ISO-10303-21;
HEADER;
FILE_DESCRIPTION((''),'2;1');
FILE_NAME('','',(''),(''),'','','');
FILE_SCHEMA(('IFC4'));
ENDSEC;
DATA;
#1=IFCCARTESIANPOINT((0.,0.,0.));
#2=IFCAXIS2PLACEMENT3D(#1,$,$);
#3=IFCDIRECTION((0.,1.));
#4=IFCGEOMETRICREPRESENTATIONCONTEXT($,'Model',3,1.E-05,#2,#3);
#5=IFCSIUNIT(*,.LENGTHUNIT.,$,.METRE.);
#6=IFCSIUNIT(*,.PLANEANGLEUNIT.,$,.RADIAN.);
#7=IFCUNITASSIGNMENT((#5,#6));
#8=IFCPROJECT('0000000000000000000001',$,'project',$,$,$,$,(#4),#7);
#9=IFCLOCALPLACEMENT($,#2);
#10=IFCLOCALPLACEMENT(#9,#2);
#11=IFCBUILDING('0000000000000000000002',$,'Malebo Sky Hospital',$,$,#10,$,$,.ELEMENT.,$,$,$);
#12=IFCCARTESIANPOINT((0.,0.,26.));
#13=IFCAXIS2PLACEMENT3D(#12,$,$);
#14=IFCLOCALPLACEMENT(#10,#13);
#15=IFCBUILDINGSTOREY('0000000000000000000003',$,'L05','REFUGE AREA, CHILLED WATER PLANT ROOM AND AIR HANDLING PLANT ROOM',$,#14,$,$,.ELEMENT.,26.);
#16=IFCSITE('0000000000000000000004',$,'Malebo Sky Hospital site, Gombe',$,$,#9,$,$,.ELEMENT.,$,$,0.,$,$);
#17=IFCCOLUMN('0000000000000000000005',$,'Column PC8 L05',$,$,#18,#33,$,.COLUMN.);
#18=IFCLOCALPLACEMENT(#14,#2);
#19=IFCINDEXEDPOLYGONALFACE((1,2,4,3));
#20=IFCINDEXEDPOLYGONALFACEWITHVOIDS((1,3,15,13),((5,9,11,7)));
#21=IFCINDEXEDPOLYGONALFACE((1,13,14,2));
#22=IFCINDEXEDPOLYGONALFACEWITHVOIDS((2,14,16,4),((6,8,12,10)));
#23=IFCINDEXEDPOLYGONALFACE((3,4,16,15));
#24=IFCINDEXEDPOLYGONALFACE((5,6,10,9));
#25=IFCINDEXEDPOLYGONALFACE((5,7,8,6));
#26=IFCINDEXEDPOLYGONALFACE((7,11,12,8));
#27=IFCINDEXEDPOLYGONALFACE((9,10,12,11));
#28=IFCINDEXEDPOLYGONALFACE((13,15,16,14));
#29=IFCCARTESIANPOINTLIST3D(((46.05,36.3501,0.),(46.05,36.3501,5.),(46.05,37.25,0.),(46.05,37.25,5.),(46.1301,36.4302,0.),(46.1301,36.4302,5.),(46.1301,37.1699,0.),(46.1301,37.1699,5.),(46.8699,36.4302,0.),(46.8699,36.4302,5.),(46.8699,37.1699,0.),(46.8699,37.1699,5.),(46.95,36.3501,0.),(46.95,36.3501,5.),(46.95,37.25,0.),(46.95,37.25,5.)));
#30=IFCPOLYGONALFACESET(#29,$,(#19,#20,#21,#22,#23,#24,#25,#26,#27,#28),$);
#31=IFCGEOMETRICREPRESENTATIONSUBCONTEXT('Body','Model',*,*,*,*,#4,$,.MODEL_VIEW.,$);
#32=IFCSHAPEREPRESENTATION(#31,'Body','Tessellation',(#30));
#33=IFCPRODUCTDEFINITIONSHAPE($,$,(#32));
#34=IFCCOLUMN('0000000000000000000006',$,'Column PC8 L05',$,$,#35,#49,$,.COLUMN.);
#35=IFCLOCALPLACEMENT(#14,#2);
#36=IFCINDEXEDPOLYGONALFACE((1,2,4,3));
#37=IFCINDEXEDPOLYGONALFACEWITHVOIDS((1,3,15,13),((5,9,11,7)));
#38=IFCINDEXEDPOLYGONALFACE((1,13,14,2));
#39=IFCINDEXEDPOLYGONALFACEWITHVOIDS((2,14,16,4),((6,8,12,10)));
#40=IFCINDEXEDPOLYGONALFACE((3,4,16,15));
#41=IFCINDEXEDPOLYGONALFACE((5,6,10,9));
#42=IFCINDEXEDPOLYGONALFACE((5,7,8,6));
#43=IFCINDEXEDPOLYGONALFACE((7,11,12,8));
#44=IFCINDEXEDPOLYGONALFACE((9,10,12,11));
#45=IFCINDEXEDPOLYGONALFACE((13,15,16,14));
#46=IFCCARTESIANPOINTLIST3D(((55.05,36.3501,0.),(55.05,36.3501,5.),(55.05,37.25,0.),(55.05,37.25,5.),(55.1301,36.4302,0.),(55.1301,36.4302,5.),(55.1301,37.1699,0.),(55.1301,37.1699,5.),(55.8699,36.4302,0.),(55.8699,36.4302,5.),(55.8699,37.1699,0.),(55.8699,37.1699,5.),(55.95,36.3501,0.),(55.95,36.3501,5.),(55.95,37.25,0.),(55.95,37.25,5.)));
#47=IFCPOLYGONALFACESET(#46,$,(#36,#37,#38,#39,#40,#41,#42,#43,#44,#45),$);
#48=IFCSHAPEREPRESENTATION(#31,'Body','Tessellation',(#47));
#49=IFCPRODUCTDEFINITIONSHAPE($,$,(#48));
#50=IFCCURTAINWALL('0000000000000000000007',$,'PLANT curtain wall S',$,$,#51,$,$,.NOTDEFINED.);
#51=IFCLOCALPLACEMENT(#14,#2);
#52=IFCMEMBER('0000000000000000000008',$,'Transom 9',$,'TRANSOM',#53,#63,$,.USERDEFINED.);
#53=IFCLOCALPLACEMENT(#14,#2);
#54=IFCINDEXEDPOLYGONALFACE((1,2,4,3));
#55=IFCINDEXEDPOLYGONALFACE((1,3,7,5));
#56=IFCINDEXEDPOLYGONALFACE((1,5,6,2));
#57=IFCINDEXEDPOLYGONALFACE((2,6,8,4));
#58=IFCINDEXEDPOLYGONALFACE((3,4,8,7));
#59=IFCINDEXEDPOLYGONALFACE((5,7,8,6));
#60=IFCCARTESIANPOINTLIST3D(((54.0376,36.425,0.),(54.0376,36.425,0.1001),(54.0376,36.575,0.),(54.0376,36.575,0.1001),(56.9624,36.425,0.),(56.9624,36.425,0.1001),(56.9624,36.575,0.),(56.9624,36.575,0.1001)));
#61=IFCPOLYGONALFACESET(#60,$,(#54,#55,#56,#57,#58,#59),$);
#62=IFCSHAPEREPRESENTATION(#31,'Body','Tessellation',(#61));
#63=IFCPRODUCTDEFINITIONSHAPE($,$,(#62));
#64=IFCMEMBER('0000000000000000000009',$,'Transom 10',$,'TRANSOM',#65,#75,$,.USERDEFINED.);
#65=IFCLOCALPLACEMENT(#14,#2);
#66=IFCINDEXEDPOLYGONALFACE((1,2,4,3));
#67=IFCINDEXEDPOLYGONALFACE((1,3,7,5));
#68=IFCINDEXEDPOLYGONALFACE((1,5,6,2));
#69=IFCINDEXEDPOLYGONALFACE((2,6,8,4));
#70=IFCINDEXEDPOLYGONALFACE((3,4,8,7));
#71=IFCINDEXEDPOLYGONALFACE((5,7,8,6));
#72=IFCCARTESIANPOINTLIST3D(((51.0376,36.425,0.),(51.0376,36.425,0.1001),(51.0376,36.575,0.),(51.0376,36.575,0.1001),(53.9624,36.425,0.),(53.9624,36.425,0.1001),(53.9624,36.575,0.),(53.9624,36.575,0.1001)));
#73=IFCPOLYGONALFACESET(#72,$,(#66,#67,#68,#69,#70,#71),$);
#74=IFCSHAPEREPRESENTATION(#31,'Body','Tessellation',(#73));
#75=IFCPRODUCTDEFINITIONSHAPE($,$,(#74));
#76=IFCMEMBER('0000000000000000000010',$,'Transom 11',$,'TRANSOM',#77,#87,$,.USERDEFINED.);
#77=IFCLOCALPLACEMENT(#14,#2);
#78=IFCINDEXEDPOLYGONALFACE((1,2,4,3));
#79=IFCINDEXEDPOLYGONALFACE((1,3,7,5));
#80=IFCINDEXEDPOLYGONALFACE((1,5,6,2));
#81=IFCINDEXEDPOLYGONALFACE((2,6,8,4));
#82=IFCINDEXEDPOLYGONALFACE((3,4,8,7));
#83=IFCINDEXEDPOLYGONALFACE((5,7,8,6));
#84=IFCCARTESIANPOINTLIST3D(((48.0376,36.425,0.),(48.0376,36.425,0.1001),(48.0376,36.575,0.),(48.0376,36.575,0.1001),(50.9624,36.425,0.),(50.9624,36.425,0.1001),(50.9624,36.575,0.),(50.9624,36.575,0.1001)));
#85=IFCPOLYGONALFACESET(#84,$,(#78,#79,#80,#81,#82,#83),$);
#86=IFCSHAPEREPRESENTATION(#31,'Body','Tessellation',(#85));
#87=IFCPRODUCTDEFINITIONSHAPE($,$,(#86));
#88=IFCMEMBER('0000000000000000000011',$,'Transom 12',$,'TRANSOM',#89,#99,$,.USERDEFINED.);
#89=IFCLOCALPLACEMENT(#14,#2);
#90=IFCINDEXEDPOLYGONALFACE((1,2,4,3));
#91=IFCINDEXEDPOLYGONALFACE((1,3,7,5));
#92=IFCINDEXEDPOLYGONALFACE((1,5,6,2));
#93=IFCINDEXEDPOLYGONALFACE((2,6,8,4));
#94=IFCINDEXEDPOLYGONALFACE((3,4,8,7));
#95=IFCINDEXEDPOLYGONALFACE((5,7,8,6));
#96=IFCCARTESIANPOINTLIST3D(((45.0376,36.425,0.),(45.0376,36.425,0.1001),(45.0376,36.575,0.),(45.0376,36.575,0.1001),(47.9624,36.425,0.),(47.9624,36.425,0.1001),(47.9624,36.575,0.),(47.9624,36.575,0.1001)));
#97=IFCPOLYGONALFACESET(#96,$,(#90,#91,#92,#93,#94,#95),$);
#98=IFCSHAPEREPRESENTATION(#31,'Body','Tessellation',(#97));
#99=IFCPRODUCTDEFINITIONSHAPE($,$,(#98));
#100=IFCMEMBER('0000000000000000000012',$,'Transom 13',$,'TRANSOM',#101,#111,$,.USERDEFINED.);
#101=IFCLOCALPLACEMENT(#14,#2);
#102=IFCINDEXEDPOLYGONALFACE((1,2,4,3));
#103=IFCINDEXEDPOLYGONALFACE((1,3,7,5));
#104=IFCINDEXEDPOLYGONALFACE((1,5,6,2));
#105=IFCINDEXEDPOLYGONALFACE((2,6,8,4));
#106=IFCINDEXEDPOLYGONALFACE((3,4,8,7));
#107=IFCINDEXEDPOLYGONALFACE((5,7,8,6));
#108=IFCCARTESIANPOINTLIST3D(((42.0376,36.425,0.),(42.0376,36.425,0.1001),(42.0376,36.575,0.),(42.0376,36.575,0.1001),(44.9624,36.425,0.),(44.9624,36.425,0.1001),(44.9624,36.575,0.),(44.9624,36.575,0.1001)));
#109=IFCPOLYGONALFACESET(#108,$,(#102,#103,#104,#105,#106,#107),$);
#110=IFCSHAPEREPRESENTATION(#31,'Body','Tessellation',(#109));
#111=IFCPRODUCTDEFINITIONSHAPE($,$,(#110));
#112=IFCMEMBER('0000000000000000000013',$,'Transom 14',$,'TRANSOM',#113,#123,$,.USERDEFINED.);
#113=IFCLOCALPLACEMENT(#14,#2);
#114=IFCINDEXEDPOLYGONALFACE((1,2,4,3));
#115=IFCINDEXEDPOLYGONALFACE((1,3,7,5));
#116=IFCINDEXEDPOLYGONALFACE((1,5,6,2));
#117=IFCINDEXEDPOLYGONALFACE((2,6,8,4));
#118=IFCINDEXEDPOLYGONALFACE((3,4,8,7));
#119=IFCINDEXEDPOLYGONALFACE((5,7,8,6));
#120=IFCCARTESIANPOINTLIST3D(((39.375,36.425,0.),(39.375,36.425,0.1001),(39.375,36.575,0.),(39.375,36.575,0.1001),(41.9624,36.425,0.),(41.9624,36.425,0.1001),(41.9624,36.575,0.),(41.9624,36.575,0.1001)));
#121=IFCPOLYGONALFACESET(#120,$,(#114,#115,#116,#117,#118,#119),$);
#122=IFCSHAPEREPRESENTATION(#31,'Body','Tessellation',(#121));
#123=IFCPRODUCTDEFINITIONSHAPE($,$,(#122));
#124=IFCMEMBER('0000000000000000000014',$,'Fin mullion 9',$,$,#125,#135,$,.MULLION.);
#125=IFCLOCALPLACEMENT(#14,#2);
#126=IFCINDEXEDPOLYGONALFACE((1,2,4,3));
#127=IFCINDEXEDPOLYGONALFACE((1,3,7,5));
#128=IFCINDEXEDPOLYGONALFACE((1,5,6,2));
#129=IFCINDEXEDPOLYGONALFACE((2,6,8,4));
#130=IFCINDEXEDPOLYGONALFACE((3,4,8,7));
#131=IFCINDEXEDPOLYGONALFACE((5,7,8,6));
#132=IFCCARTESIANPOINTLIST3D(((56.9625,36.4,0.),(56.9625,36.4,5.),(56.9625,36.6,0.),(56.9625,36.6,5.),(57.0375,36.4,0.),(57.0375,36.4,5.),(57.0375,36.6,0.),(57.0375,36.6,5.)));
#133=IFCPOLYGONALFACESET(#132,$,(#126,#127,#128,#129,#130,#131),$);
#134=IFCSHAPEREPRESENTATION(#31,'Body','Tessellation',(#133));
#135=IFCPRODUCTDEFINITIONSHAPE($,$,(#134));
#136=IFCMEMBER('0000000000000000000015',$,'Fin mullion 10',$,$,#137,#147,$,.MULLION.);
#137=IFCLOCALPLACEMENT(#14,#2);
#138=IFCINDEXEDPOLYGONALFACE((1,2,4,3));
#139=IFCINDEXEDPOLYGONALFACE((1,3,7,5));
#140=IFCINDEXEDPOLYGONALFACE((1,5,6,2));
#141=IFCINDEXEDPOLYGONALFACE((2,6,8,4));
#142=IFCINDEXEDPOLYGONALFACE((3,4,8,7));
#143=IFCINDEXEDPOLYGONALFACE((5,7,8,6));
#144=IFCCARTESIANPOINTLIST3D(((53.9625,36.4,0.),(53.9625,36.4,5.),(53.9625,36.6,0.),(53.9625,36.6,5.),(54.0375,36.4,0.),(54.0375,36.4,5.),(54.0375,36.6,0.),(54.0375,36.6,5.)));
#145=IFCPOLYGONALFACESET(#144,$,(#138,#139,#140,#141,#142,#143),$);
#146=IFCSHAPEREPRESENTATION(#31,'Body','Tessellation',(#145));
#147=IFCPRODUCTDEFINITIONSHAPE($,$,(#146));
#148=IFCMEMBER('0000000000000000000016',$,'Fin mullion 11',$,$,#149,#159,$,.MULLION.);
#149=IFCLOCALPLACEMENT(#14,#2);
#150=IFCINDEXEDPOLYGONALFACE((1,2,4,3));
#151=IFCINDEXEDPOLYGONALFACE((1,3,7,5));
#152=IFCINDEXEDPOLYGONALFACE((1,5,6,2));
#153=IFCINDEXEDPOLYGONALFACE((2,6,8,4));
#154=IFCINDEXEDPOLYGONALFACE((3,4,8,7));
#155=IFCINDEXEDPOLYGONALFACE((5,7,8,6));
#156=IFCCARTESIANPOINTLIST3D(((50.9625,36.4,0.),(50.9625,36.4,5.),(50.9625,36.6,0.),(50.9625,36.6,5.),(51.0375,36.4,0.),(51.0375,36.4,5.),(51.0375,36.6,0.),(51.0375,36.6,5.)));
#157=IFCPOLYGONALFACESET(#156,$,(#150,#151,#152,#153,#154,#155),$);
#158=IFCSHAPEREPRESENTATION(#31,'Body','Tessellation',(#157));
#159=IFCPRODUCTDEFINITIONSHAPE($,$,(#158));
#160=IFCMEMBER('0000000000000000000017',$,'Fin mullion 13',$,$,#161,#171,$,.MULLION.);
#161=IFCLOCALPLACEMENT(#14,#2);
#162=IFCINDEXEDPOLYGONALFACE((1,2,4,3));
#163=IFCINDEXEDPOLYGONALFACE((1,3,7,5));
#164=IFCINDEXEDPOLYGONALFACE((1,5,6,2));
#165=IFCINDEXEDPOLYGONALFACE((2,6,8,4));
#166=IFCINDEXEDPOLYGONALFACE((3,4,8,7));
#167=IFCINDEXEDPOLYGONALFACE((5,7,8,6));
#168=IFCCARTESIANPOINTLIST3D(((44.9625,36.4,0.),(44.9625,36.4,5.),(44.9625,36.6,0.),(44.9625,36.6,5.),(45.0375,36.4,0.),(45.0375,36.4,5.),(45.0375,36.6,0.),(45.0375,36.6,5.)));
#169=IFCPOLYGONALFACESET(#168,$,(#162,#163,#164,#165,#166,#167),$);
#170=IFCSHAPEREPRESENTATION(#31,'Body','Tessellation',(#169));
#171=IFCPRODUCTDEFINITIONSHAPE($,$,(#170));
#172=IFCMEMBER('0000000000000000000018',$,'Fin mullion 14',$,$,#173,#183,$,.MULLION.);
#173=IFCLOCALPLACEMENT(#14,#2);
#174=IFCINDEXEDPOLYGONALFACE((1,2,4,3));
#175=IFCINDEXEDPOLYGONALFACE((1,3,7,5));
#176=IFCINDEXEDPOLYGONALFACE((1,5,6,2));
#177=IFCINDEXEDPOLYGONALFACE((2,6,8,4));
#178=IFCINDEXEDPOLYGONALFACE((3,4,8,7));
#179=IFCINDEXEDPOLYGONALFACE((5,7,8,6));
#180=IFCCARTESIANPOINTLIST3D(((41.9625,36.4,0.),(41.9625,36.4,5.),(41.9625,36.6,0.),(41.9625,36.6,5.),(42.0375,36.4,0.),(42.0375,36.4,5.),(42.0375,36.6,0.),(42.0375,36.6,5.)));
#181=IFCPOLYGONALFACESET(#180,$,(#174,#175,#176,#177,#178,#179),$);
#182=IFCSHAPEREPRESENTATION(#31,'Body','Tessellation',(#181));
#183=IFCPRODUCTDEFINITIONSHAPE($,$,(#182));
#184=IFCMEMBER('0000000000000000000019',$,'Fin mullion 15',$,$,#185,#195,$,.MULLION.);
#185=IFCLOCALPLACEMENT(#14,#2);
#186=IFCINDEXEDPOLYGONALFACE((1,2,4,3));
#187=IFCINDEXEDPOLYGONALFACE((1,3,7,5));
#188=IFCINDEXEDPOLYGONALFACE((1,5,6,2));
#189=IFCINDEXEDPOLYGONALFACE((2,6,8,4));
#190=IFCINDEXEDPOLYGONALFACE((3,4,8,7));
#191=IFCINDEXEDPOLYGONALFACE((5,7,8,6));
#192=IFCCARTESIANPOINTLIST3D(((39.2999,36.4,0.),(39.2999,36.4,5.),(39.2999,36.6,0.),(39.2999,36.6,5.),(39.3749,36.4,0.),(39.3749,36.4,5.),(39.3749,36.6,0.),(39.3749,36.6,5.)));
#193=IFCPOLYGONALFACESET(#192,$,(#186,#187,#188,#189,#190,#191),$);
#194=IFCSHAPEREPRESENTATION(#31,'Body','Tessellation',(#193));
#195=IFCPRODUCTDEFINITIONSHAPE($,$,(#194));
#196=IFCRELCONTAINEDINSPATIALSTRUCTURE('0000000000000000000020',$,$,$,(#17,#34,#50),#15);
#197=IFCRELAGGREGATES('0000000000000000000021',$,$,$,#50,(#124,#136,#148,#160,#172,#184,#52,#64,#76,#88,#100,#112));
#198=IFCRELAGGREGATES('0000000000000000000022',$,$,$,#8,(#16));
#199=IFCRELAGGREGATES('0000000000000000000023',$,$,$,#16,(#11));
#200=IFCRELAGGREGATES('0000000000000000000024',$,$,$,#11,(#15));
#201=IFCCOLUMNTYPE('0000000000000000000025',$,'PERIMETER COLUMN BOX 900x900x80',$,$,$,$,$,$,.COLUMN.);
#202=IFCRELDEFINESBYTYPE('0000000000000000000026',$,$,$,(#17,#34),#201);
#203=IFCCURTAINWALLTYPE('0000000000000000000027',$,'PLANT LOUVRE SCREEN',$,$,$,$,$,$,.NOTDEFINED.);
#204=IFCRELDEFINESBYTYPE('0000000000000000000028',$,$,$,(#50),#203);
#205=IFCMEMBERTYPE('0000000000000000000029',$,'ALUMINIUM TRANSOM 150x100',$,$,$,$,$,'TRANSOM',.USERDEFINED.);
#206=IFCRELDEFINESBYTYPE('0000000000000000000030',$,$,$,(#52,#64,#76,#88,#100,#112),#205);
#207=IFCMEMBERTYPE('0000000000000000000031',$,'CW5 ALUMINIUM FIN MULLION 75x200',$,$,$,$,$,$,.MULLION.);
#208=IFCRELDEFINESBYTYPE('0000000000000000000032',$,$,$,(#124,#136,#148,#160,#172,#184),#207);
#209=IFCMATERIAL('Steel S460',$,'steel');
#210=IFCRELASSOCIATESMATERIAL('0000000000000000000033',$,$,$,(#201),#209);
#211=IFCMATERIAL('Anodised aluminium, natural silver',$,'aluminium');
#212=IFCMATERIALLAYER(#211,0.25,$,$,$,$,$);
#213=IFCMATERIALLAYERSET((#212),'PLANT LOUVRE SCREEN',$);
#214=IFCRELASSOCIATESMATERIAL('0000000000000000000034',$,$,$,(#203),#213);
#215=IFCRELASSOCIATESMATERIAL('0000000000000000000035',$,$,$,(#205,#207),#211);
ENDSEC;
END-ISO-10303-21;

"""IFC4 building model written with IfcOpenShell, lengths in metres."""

from ifc_helpers import new_model, si_unit, direction, frame, origin, origin_2d, place, context, subcontext, project, spatial, rectangle, hollow_rectangle, extrude, material, layer, layer_set, material_profile, profile_set, type_object, element, aggregate, save


model = new_model("IFC4")

# Units and contexts
model_context = context("Model", 3, precision=1e-05, world=origin(), true_north=direction((0.0, 1.0)))
body_context = subcontext(model_context, "Body", "Model", "MODEL_VIEW")
ifc_project = project(units=[si_unit("LENGTHUNIT", "METRE"), si_unit("PLANEANGLEUNIT", "RADIAN")], contexts=[model_context])

# Site, building, storey
site_placement = place(None, origin())
site = spatial("IfcSite", under=ifc_project, at=site_placement, Name="Malebo Sky Hospital site, Gombe", CompositionType="ELEMENT", RefElevation=0.0)
building_placement = place(site_placement, origin())
building = spatial("IfcBuilding", under=site, at=building_placement, Name="Malebo Sky Hospital", CompositionType="ELEMENT")
storey_placement = place(building_placement, frame((0.0, 0.0, 26.0)))
storey = spatial("IfcBuildingStorey", under=building, at=storey_placement, Name="L05", Description="REFUGE AREA, CHILLED WATER PLANT ROOM AND AIR HANDLING PLANT ROOM", CompositionType="ELEMENT", Elevation=26.0)

# Columns
ifc_material_1 = material(Name="Steel S460", Category="steel")
ifc_material_profile_1 = material_profile(ifc_material_1, hollow_rectangle(XDim=0.8999, YDim=0.8999, WallThickness=0.0801, at=origin_2d()), Name="BOX 900x900x80")
ifc_profile_set_1 = profile_set([ifc_material_profile_1], Name="Steel S460")
column_type = type_object("IfcColumnType", Name="PERIMETER COLUMN BOX 900x900x80", PredefinedType="COLUMN", material=ifc_profile_set_1)
for number, where, z_axis, x_axis, name in (
    (1, (46.5, 36.8, 0.0), (0.0, 0.0, 1.0), (1.0, 0.0, 0.0), "Column PC8 L05"),
    (2, (55.5, 36.8, 0.0), (0.0, 0.0, 1.0), (1.0, 0.0, 0.0), "Column PC8 L05"),
):
    element("IfcColumn", number, at=place(storey_placement, frame(where, z_axis=z_axis, x_axis=x_axis)), inside=storey, type_object=column_type, Name=name, PredefinedType="COLUMN", context=body_context, shape_type="SweptSolid", body=[
        extrude(hollow_rectangle(XDim=0.8999, YDim=0.8999, WallThickness=0.0801, at=origin_2d()), origin(), (0.0, 0.0, 1.0), 5.0),
    ])

# Curtain wall, members
ifc_material_2 = material(Name="Anodised aluminium, natural silver", Category="aluminium")
ifc_layer_1 = layer(ifc_material_2, 0.25)
ifc_layer_set_1 = layer_set([ifc_layer_1], Name="PLANT LOUVRE SCREEN")
curtain_wall_type = type_object("IfcCurtainWallType", Name="PLANT LOUVRE SCREEN", PredefinedType="NOTDEFINED", material=ifc_layer_set_1)
curtain_wall_placement = place(storey_placement, origin())
curtain_wall = element("IfcCurtainWall", 3, at=curtain_wall_placement, inside=storey, type_object=curtain_wall_type, Name="PLANT curtain wall S", PredefinedType="NOTDEFINED")
ifc_material_profile_2 = material_profile(ifc_material_2, rectangle(XDim=0.1499, YDim=0.1001, at=origin_2d()), Name="ALUMINIUM TRANSOM 150x100")
ifc_profile_set_2 = profile_set([ifc_material_profile_2], Name="Anodised aluminium, natural silver")
member_type_1 = type_object("IfcMemberType", Name="ALUMINIUM TRANSOM 150x100", ElementType="TRANSOM", PredefinedType="USERDEFINED", material=ifc_profile_set_2)
member_1_placement = place(storey_placement, frame((56.9624, 36.5, 0.05), z_axis=(-1.0, 0.0, 0.0), x_axis=(0.0, -1.0, 0.0)))
member_1 = element("IfcMember", 4, at=member_1_placement, type_object=member_type_1, Name="Transom 9", ObjectType="TRANSOM", PredefinedType="USERDEFINED", context=body_context, shape_type="SweptSolid", body=[
    extrude(rectangle(XDim=0.1499, YDim=0.1001, at=origin_2d()), origin(), (0.0, 0.0, 1.0), 2.9248),
])
member_2_placement = place(storey_placement, frame((53.9624, 36.5, 0.05), z_axis=(-1.0, 0.0, 0.0), x_axis=(0.0, -1.0, 0.0)))
member_2 = element("IfcMember", 5, at=member_2_placement, type_object=member_type_1, Name="Transom 10", ObjectType="TRANSOM", PredefinedType="USERDEFINED", context=body_context, shape_type="SweptSolid", body=[
    extrude(rectangle(XDim=0.1499, YDim=0.1001, at=origin_2d()), origin(), (0.0, 0.0, 1.0), 2.9248),
])
member_3_placement = place(storey_placement, frame((50.9624, 36.5, 0.05), z_axis=(-1.0, 0.0, 0.0), x_axis=(0.0, -1.0, 0.0)))
member_3 = element("IfcMember", 6, at=member_3_placement, type_object=member_type_1, Name="Transom 11", ObjectType="TRANSOM", PredefinedType="USERDEFINED", context=body_context, shape_type="SweptSolid", body=[
    extrude(rectangle(XDim=0.1499, YDim=0.1001, at=origin_2d()), origin(), (0.0, 0.0, 1.0), 2.9248),
])
member_4_placement = place(storey_placement, frame((47.9624, 36.5, 0.05), z_axis=(-1.0, 0.0, 0.0), x_axis=(0.0, -1.0, 0.0)))
member_4 = element("IfcMember", 7, at=member_4_placement, type_object=member_type_1, Name="Transom 12", ObjectType="TRANSOM", PredefinedType="USERDEFINED", context=body_context, shape_type="SweptSolid", body=[
    extrude(rectangle(XDim=0.1499, YDim=0.1001, at=origin_2d()), origin(), (0.0, 0.0, 1.0), 2.9248),
])
member_5_placement = place(storey_placement, frame((44.9624, 36.5, 0.05), z_axis=(-1.0, 0.0, 0.0), x_axis=(0.0, -1.0, 0.0)))
member_5 = element("IfcMember", 8, at=member_5_placement, type_object=member_type_1, Name="Transom 13", ObjectType="TRANSOM", PredefinedType="USERDEFINED", context=body_context, shape_type="SweptSolid", body=[
    extrude(rectangle(XDim=0.1499, YDim=0.1001, at=origin_2d()), origin(), (0.0, 0.0, 1.0), 2.9248),
])
member_6_placement = place(storey_placement, frame((41.9624, 36.5, 0.05), z_axis=(-1.0, 0.0, 0.0), x_axis=(0.0, -1.0, 0.0)))
member_6 = element("IfcMember", 9, at=member_6_placement, type_object=member_type_1, Name="Transom 14", ObjectType="TRANSOM", PredefinedType="USERDEFINED", context=body_context, shape_type="SweptSolid", body=[
    extrude(rectangle(XDim=0.1499, YDim=0.1001, at=origin_2d()), origin(), (0.0, 0.0, 1.0), 2.5874),
])
ifc_material_profile_3 = material_profile(ifc_material_2, rectangle(XDim=0.075, YDim=0.2, at=origin_2d()), Name="CW5 ALUMINIUM FIN MULLION 75x200")
ifc_profile_set_3 = profile_set([ifc_material_profile_3], Name="Anodised aluminium, natural silver")
member_type_2 = type_object("IfcMemberType", Name="CW5 ALUMINIUM FIN MULLION 75x200", PredefinedType="MULLION", material=ifc_profile_set_3)
member_7_placement = place(storey_placement, frame((57.0, 36.5, 0.0), z_axis=(0.0, 0.0, 1.0), x_axis=(-1.0, 0.0, 0.0)))
member_7 = element("IfcMember", 10, at=member_7_placement, type_object=member_type_2, Name="Fin mullion 9", PredefinedType="MULLION", context=body_context, shape_type="SweptSolid", body=[
    extrude(rectangle(XDim=0.075, YDim=0.2, at=origin_2d()), origin(), (0.0, 0.0, 1.0), 5.0),
])
member_8_placement = place(storey_placement, frame((54.0, 36.5, 0.0), z_axis=(0.0, 0.0, 1.0), x_axis=(-1.0, 0.0, 0.0)))
member_8 = element("IfcMember", 11, at=member_8_placement, type_object=member_type_2, Name="Fin mullion 10", PredefinedType="MULLION", context=body_context, shape_type="SweptSolid", body=[
    extrude(rectangle(XDim=0.075, YDim=0.2, at=origin_2d()), origin(), (0.0, 0.0, 1.0), 5.0),
])
member_9_placement = place(storey_placement, frame((51.0, 36.5, 0.0), z_axis=(0.0, 0.0, 1.0), x_axis=(-1.0, 0.0, 0.0)))
member_9 = element("IfcMember", 12, at=member_9_placement, type_object=member_type_2, Name="Fin mullion 11", PredefinedType="MULLION", context=body_context, shape_type="SweptSolid", body=[
    extrude(rectangle(XDim=0.075, YDim=0.2, at=origin_2d()), origin(), (0.0, 0.0, 1.0), 5.0),
])
member_10_placement = place(storey_placement, frame((45.0, 36.5, 0.0), z_axis=(0.0, 0.0, 1.0), x_axis=(-1.0, 0.0, 0.0)))
member_10 = element("IfcMember", 13, at=member_10_placement, type_object=member_type_2, Name="Fin mullion 13", PredefinedType="MULLION", context=body_context, shape_type="SweptSolid", body=[
    extrude(rectangle(XDim=0.075, YDim=0.2, at=origin_2d()), origin(), (0.0, 0.0, 1.0), 5.0),
])
member_11_placement = place(storey_placement, frame((42.0, 36.5, 0.0), z_axis=(0.0, 0.0, 1.0), x_axis=(-1.0, 0.0, 0.0)))
member_11 = element("IfcMember", 14, at=member_11_placement, type_object=member_type_2, Name="Fin mullion 14", PredefinedType="MULLION", context=body_context, shape_type="SweptSolid", body=[
    extrude(rectangle(XDim=0.075, YDim=0.2, at=origin_2d()), origin(), (0.0, 0.0, 1.0), 5.0),
])
member_12_placement = place(storey_placement, frame((39.3374, 36.5, 0.0), z_axis=(0.0, 0.0, 1.0), x_axis=(-1.0, 0.0, 0.0)))
member_12 = element("IfcMember", 15, at=member_12_placement, type_object=member_type_2, Name="Fin mullion 15", PredefinedType="MULLION", context=body_context, shape_type="SweptSolid", body=[
    extrude(rectangle(XDim=0.075, YDim=0.2, at=origin_2d()), origin(), (0.0, 0.0, 1.0), 5.0),
])

aggregate(curtain_wall, [member_7, member_8, member_9, member_10, member_11, member_12, member_1, member_2, member_3, member_4, member_5, member_6])

save(model, "model.ifc")
